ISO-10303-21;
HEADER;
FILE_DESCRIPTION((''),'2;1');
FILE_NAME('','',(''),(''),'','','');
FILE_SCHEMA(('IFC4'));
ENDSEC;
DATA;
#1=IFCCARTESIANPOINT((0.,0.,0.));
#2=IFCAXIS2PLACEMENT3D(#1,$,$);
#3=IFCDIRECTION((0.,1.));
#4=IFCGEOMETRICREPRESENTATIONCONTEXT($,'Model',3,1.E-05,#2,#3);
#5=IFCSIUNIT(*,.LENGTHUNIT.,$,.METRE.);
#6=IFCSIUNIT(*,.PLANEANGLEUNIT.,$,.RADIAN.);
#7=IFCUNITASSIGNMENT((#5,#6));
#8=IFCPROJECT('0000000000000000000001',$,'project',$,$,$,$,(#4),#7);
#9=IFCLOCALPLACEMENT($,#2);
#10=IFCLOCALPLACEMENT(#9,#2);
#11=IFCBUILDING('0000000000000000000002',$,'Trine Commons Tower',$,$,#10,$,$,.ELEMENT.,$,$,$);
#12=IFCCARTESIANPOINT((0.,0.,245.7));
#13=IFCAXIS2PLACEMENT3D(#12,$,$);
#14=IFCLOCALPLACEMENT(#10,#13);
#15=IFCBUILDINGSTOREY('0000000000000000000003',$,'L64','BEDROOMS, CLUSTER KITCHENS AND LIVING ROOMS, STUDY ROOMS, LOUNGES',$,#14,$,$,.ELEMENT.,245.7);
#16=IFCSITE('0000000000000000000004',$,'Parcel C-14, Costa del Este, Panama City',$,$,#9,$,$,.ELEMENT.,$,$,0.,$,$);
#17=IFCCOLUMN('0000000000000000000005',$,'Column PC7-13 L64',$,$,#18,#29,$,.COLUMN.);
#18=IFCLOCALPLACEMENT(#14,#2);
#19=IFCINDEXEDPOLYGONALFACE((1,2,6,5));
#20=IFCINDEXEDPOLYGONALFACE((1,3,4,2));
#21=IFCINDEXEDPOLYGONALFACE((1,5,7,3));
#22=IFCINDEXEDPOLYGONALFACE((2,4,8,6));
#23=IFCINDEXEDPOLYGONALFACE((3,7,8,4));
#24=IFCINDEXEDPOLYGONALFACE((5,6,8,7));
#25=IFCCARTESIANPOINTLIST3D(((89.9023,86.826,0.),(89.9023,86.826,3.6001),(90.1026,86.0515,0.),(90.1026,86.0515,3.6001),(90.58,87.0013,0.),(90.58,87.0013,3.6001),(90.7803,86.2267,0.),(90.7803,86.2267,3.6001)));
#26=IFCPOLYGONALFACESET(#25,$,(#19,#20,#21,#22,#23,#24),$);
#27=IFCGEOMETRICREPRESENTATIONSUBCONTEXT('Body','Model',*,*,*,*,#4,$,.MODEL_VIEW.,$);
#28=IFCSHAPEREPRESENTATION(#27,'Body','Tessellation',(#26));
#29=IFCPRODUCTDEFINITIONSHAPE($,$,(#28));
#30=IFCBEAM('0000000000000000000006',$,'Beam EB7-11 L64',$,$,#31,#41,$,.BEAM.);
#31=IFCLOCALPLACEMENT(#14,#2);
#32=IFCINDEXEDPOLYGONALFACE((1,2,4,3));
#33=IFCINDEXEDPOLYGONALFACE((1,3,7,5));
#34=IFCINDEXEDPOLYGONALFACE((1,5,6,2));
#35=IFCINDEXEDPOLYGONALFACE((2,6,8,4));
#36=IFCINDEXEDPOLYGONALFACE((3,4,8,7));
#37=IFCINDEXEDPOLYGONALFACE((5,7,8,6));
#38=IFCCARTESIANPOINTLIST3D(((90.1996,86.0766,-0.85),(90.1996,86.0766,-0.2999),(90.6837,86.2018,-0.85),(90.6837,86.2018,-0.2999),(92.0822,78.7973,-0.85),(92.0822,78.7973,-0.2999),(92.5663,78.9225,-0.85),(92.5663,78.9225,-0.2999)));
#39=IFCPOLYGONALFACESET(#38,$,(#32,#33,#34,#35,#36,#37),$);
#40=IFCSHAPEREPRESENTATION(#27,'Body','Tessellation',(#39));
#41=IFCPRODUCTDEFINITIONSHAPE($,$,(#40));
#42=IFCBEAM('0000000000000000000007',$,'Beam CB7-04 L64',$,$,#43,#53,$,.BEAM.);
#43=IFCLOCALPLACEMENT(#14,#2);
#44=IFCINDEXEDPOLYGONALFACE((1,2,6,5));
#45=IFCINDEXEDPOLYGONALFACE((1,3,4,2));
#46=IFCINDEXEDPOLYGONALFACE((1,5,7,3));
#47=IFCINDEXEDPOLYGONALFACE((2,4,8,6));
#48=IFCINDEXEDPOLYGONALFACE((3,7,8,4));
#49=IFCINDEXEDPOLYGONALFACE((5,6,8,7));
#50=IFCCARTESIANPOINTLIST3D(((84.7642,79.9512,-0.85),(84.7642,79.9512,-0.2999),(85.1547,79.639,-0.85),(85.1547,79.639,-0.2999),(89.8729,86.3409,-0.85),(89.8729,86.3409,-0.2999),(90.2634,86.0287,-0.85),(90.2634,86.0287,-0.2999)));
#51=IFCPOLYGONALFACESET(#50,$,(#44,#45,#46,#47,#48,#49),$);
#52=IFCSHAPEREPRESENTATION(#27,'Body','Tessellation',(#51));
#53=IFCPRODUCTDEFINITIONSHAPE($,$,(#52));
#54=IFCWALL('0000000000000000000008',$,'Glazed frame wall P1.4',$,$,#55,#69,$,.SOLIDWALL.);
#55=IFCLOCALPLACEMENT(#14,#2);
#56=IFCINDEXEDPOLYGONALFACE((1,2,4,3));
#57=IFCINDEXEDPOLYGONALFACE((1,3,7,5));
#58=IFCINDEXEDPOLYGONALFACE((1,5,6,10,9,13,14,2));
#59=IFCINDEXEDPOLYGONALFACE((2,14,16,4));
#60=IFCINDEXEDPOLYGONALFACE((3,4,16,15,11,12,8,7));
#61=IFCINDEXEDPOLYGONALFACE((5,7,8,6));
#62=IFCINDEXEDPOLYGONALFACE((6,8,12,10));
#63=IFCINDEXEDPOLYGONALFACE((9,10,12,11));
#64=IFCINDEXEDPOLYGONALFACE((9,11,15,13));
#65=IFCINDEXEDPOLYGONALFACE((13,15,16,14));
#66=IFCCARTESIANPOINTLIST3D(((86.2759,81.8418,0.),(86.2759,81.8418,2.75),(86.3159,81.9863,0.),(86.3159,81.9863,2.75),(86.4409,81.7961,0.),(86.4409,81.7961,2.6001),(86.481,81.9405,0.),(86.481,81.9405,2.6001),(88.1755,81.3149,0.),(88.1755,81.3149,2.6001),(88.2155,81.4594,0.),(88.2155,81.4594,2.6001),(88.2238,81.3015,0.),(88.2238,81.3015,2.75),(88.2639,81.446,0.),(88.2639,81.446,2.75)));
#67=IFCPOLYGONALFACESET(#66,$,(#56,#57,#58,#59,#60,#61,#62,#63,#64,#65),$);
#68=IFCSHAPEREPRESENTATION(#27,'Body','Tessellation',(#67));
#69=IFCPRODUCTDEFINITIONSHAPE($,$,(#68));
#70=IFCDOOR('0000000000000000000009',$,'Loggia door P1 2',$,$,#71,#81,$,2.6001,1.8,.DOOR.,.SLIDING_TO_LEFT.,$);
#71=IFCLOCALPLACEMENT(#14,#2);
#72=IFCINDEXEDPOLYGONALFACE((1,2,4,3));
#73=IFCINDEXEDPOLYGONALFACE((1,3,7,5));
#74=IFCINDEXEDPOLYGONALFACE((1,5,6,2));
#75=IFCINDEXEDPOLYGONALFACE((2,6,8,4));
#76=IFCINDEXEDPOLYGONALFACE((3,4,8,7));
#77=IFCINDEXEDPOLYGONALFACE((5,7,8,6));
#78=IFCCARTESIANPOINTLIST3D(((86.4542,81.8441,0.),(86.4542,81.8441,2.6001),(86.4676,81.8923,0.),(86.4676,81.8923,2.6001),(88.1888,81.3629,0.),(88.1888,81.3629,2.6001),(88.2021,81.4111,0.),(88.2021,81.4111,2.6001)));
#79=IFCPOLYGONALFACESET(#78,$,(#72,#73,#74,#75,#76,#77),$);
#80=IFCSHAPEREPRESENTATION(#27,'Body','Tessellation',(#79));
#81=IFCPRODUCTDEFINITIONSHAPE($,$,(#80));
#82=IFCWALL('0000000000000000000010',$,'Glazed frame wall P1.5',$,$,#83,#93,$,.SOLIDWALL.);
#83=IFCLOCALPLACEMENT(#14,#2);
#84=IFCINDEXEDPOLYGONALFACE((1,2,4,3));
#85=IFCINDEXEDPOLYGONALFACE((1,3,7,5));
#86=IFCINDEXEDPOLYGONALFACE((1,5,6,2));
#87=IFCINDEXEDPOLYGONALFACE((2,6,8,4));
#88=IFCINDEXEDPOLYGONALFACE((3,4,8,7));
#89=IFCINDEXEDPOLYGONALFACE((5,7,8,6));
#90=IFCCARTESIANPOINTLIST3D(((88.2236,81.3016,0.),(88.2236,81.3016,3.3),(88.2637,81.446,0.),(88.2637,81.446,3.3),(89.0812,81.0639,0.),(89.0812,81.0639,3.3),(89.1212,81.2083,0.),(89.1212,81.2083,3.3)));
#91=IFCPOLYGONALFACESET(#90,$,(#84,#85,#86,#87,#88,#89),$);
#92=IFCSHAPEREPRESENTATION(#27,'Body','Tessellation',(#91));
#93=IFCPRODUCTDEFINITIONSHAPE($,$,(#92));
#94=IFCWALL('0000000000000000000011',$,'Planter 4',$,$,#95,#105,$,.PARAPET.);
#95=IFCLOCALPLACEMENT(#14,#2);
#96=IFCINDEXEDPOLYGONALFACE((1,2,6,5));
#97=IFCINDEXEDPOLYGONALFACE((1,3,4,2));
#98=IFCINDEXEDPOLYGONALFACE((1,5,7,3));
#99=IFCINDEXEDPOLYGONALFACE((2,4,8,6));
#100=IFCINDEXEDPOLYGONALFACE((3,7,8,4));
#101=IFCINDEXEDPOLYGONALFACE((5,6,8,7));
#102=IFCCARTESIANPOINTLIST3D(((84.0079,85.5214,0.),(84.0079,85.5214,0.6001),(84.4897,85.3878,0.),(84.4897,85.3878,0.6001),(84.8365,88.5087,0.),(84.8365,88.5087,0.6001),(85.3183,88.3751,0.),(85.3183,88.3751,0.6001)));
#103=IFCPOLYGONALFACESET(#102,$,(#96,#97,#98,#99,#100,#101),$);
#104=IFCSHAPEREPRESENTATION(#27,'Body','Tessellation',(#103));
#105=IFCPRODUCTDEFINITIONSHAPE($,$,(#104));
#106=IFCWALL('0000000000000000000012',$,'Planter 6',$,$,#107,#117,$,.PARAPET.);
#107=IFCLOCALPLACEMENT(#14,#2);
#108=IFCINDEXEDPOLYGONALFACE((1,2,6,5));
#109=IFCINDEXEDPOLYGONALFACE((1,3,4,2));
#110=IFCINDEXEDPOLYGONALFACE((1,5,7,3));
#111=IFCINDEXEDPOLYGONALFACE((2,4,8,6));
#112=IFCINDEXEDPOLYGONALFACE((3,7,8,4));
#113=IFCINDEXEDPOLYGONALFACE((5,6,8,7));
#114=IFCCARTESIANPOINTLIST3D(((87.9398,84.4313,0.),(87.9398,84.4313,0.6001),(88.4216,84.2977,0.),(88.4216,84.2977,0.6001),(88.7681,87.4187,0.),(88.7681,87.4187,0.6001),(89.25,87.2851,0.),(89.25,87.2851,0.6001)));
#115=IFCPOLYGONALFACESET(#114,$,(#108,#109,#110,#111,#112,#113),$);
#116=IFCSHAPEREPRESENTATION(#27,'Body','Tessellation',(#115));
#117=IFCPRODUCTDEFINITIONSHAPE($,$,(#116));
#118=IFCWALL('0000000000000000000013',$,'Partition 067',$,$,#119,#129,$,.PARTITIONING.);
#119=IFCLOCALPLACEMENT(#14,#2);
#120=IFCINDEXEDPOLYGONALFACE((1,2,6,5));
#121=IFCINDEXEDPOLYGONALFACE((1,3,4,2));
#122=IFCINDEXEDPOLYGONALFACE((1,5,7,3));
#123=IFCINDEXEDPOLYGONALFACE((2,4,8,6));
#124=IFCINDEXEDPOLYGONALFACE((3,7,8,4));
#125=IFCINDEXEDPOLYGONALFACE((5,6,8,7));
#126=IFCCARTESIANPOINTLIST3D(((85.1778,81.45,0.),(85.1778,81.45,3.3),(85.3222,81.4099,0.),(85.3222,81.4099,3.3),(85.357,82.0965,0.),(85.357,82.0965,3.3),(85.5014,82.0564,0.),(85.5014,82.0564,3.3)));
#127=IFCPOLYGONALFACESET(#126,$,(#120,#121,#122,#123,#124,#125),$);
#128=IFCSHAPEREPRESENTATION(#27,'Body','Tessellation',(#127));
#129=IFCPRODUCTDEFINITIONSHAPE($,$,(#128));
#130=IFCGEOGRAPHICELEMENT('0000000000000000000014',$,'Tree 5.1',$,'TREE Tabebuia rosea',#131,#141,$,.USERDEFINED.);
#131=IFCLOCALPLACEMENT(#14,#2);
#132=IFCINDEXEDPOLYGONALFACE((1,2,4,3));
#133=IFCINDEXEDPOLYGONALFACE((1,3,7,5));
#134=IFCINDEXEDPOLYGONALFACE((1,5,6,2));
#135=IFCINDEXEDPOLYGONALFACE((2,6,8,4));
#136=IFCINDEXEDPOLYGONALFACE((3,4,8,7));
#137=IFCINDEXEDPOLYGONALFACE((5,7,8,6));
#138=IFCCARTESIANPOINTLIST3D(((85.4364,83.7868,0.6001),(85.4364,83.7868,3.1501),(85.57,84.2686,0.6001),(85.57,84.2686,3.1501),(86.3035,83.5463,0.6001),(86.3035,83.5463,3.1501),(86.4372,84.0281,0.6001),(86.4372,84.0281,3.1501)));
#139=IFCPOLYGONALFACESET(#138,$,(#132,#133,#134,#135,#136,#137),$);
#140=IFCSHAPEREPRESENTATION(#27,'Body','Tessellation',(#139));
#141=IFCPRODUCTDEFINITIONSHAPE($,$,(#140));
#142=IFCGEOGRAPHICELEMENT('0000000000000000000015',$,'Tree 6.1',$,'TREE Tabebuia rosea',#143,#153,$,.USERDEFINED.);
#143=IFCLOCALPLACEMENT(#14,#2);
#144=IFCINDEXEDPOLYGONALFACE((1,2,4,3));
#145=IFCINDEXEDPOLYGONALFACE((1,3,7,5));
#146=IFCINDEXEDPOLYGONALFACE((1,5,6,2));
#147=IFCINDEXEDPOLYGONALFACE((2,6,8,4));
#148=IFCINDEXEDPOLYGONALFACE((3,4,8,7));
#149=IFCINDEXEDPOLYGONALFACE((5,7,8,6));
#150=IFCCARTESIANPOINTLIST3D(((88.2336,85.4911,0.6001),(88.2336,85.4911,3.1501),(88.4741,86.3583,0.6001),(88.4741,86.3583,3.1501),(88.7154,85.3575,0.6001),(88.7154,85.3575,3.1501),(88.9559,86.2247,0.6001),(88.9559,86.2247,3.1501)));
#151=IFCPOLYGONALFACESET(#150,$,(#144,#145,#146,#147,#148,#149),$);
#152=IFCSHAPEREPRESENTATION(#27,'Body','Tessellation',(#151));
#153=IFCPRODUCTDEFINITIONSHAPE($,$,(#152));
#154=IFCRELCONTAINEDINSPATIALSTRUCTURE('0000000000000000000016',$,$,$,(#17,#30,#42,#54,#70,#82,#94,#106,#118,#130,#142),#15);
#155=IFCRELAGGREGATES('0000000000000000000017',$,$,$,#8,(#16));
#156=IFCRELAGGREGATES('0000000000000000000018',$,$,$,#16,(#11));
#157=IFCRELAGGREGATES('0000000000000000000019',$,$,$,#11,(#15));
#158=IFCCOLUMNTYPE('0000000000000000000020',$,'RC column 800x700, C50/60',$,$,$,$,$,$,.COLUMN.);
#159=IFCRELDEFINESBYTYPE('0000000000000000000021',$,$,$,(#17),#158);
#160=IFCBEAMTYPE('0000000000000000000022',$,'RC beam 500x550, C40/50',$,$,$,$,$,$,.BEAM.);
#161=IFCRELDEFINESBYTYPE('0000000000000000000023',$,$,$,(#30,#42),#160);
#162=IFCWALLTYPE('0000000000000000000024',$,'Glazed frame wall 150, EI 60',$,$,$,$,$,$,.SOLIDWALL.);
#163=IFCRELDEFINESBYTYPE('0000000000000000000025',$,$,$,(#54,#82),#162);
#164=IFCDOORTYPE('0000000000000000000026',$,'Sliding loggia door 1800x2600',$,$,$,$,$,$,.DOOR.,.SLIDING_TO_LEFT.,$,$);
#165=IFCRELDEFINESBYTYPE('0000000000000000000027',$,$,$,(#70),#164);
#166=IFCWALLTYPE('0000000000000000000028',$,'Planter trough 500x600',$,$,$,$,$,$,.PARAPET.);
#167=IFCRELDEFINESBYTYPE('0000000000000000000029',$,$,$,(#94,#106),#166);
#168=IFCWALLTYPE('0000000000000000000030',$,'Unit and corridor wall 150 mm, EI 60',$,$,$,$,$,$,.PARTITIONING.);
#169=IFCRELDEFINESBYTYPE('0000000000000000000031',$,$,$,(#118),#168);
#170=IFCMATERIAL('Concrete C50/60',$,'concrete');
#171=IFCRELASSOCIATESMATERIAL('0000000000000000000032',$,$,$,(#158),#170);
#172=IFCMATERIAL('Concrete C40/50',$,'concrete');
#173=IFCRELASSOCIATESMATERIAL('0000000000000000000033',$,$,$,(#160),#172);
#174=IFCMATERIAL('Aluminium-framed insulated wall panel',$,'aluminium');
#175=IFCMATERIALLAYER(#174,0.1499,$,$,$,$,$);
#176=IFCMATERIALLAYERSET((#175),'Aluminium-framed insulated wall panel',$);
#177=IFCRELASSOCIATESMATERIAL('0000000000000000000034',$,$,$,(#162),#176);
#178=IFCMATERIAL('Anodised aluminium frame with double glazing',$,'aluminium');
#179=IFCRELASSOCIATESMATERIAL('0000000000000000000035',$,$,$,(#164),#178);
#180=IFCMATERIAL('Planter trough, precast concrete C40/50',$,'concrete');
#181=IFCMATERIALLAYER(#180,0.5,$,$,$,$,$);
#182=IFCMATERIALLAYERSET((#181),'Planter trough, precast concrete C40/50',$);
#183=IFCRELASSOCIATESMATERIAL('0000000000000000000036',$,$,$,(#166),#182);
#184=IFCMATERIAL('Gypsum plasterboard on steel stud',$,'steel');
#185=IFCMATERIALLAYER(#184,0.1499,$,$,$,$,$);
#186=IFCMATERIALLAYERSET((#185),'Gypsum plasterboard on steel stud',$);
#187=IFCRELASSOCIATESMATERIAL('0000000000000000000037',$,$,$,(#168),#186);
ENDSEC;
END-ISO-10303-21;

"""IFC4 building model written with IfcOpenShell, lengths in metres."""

from ifc_helpers import new_model, si_unit, direction, frame, frame_2d, origin, origin_2d, place, context, subcontext, project, spatial, polyline, rectangle, outline, extrude, material, layer, layer_set, material_profile, profile_set, type_object, element, fill, save


model = new_model("IFC4")

# Units and contexts
model_context = context("Model", 3, precision=1e-05, world=origin(), true_north=direction((0.0, 1.0)))
body_context = subcontext(model_context, "Body", "Model", "MODEL_VIEW")
ifc_project = project(units=[si_unit("LENGTHUNIT", "METRE"), si_unit("PLANEANGLEUNIT", "RADIAN")], contexts=[model_context])

# Site, building, storey
site_placement = place(None, origin())
site = spatial("IfcSite", under=ifc_project, at=site_placement, Name="Parcel C-14, Costa del Este, Panama City", CompositionType="ELEMENT", RefElevation=0.0)
building_placement = place(site_placement, origin())
building = spatial("IfcBuilding", under=site, at=building_placement, Name="Trine Commons Tower", CompositionType="ELEMENT")
storey_placement = place(building_placement, frame((0.0, 0.0, 245.7)))
storey = spatial("IfcBuildingStorey", under=building, at=storey_placement, Name="L64", Description="BEDROOMS, CLUSTER KITCHENS AND LIVING ROOMS, STUDY ROOMS, LOUNGES", CompositionType="ELEMENT", Elevation=245.7)

# Column
ifc_material_1 = material(Name="Concrete C50/60", Category="concrete")
ifc_material_profile_1 = material_profile(ifc_material_1, rectangle(XDim=0.8, YDim=0.7, at=origin_2d()), Name="RC 800x700")
ifc_profile_set_1 = profile_set([ifc_material_profile_1], Name="Concrete C50/60")
column_type = type_object("IfcColumnType", Name="RC column 800x700, C50/60", PredefinedType="COLUMN", material=ifc_profile_set_1)
column_placement = place(storey_placement, frame((90.3413, 86.5264, 0.0), z_axis=(0.0, 0.0, 1.0), x_axis=(-0.25038, 0.968148, 0.0)))
element("IfcColumn", 1, at=column_placement, inside=storey, type_object=column_type, Name="Column PC7-13 L64", PredefinedType="COLUMN", context=body_context, shape_type="SweptSolid", body=[
    extrude(rectangle(XDim=0.8, YDim=0.7, at=origin_2d()), origin(), (0.0, 0.0, 1.0), 3.6001),
])

# Beams
ifc_material_2 = material(Name="Concrete C40/50", Category="concrete")
ifc_material_profile_2 = material_profile(ifc_material_2, rectangle(XDim=0.5, YDim=0.55, at=origin_2d()), Name="RC 500x550")
ifc_profile_set_2 = profile_set([ifc_material_profile_2], Name="Concrete C40/50")
beam_type = type_object("IfcBeamType", Name="RC beam 500x550, C40/50", PredefinedType="BEAM", material=ifc_profile_set_2)
beam_1_placement = place(storey_placement, frame((90.4417, 86.1392, -0.575), z_axis=(0.250382, -0.968147, 0.0), x_axis=(0.968147, 0.250382, 0.0)))
element("IfcBeam", 2, at=beam_1_placement, inside=storey, type_object=beam_type, Name="Beam EB7-11 L64", PredefinedType="BEAM", context=body_context, shape_type="SweptSolid", body=[
    extrude(rectangle(XDim=0.5, YDim=0.55, at=origin_2d()), origin(), (0.0, 0.0, 1.0), 7.5188),
])
beam_2_placement = place(storey_placement, frame((90.0681, 86.1848, -0.575), z_axis=(-0.624466, -0.781052, 0.0), x_axis=(0.781052, -0.624466, 0.0)))
element("IfcBeam", 3, at=beam_2_placement, inside=storey, type_object=beam_type, Name="Beam CB7-04 L64", PredefinedType="BEAM", context=body_context, shape_type="SweptSolid", body=[
    extrude(rectangle(XDim=0.5, YDim=0.55, at=origin_2d()), origin(), (0.0, 0.0, 1.0), 8.1809),
])

# Wall, opening, door
ifc_material_3 = material(Name="Aluminium-framed insulated wall panel", Category="aluminium")
ifc_layer_1 = layer(ifc_material_3, 0.1499)
ifc_layer_set_1 = layer_set([ifc_layer_1], Name="Aluminium-framed insulated wall panel")
wall_type_1 = type_object("IfcWallType", Name="Glazed frame wall 150, EI 60", PredefinedType="SOLIDWALL", material=ifc_layer_set_1)
wall_1_placement = place(storey_placement, frame((86.2959, 81.9141, 0.0), z_axis=(0.0, 0.0, 1.0), x_axis=(0.963615, -0.267295, 0.0)))
wall_1 = element("IfcWall", 4, at=wall_1_placement, inside=storey, type_object=wall_type_1, Name="Glazed frame wall P1.4", PredefinedType="SOLIDWALL", context=body_context, shape_type="SweptSolid", body=[
    extrude(outline(polyline([(0.0, -0.075), (2.0215, -0.075), (2.0215, 0.075), (0.0, 0.075), (0.0, -0.075)])), origin(), (0.0, 0.0, 1.0), 2.75),
])
opening_1_placement = place(wall_1_placement, frame((0.1714, 0.0, 0.0)))
opening_1 = element("IfcOpeningElement", 5, at=opening_1_placement, cuts=wall_1, PredefinedType="OPENING", context=body_context, shape_type="SweptSolid", body=[
    extrude(rectangle(XDim=1.8, YDim=2.6001, at=frame_2d((0.8999, 1.3))), frame((0.0, 0.085, 0.0), z_axis=(0.0, -1.0, 0.0), x_axis=(1.0, 0.0, 0.0)), (0.0, 0.0, 1.0), 0.1699),
])
ifc_material_4 = material(Name="Anodised aluminium frame with double glazing", Category="aluminium")
door_type = type_object("IfcDoorType", Name="Sliding loggia door 1800x2600", OperationType="SLIDING_TO_LEFT", PredefinedType="DOOR", material=ifc_material_4)
door_1_placement = place(opening_1_placement, origin())
door_1 = element("IfcDoor", 6, at=door_1_placement, inside=storey, type_object=door_type, Name="Loggia door P1 2", OperationType="SLIDING_TO_LEFT", OverallHeight=2.6001, OverallWidth=1.8, PredefinedType="DOOR", context=body_context, shape_type="SweptSolid", body=[
    extrude(rectangle(XDim=1.8, YDim=2.6001, at=frame_2d((0.8999, 1.3))), frame((0.0, 0.0249, 0.0), z_axis=(0.0, -1.0, 0.0), x_axis=(1.0, 0.0, 0.0)), (0.0, 0.0, 1.0), 0.05),
])
fill(opening_1, door_1)

# Wall
wall_2_placement = place(storey_placement, frame((88.2437, 81.3738, 0.0), z_axis=(0.0, 0.0, 1.0), x_axis=(0.963668, -0.267102, 0.0)))
element("IfcWall", 7, at=wall_2_placement, inside=storey, type_object=wall_type_1, Name="Glazed frame wall P1.5", PredefinedType="SOLIDWALL", context=body_context, shape_type="SweptSolid", body=[
    extrude(outline(polyline([(0.8899, 0.075), (0.0, 0.075), (0.0, -0.075), (0.8899, -0.075), (0.8899, 0.075)])), origin(), (0.0, 0.0, 1.0), 3.3),
])

# Walls
ifc_material_5 = material(Name="Planter trough, precast concrete C40/50", Category="concrete")
ifc_layer_2 = layer(ifc_material_5, 0.5)
ifc_layer_set_2 = layer_set([ifc_layer_2], Name="Planter trough, precast concrete C40/50")
wall_type_2 = type_object("IfcWallType", Name="Planter trough 500x600", PredefinedType="PARAPET", material=ifc_layer_set_2)
for number, where, z_axis, x_axis, name in (
    (8, (85.0774, 88.4419, 0.0), (0.0, 0.0, 1.0), (-0.267286, -0.963617, 0.0), "Planter 4"),
    (9, (88.1807, 84.3645, 0.0), (0.0, 0.0, 1.0), (0.267213, 0.963637, 0.0), "Planter 6"),
):
    element("IfcWall", number, at=place(storey_placement, frame(where, z_axis=z_axis, x_axis=x_axis)), inside=storey, type_object=wall_type_2, Name=name, PredefinedType="PARAPET", context=body_context, shape_type="SweptSolid", body=[
        extrude(rectangle(XDim=3.1001, YDim=0.5, at=frame_2d((1.55, 0.0))), origin(), (0.0, 0.0, 1.0), 0.6001),
    ])
ifc_material_6 = material(Name="Gypsum plasterboard on steel stud", Category="steel")
ifc_layer_3 = layer(ifc_material_6, 0.1499)
ifc_layer_set_3 = layer_set([ifc_layer_3], Name="Gypsum plasterboard on steel stud")
wall_type_3 = type_object("IfcWallType", Name="Unit and corridor wall 150 mm, EI 60", PredefinedType="PARTITIONING", material=ifc_layer_set_3)
wall_3_placement = place(storey_placement, frame((85.25, 81.4299, 0.0), z_axis=(0.0, 0.0, 1.0), x_axis=(0.267118, 0.963664, 0.0)))
element("IfcWall", 10, at=wall_3_placement, inside=storey, type_object=wall_type_3, Name="Partition 067", PredefinedType="PARTITIONING", context=body_context, shape_type="SweptSolid", body=[
    extrude(rectangle(XDim=0.6709, YDim=0.1499, at=frame_2d((0.3354, 0.0))), origin(), (0.0, 0.0, 1.0), 3.3),
])

# Geographic elements
for number, where, z_axis, x_axis, name in (
    (11, (85.9368, 83.9075, 0.6001), (0.0, 0.0, 1.0), (0.963634, -0.267227, 0.0), "Tree 5.1"),
    (12, (88.5947, 85.8579, 0.6001), (0.0, 0.0, 1.0), (0.26724, 0.96363, 0.0), "Tree 6.1"),
):
    element("IfcGeographicElement", number, at=place(storey_placement, frame(where, z_axis=z_axis, x_axis=x_axis)), inside=storey, Name=name, ObjectType="TREE Tabebuia rosea", PredefinedType="USERDEFINED", context=body_context, shape_type="SweptSolid", body=[
        extrude(rectangle(XDim=0.8999, YDim=0.5, at=origin_2d()), origin(), (0.0, 0.0, 1.0), 2.55),
    ])

save(model, "model.ifc")
